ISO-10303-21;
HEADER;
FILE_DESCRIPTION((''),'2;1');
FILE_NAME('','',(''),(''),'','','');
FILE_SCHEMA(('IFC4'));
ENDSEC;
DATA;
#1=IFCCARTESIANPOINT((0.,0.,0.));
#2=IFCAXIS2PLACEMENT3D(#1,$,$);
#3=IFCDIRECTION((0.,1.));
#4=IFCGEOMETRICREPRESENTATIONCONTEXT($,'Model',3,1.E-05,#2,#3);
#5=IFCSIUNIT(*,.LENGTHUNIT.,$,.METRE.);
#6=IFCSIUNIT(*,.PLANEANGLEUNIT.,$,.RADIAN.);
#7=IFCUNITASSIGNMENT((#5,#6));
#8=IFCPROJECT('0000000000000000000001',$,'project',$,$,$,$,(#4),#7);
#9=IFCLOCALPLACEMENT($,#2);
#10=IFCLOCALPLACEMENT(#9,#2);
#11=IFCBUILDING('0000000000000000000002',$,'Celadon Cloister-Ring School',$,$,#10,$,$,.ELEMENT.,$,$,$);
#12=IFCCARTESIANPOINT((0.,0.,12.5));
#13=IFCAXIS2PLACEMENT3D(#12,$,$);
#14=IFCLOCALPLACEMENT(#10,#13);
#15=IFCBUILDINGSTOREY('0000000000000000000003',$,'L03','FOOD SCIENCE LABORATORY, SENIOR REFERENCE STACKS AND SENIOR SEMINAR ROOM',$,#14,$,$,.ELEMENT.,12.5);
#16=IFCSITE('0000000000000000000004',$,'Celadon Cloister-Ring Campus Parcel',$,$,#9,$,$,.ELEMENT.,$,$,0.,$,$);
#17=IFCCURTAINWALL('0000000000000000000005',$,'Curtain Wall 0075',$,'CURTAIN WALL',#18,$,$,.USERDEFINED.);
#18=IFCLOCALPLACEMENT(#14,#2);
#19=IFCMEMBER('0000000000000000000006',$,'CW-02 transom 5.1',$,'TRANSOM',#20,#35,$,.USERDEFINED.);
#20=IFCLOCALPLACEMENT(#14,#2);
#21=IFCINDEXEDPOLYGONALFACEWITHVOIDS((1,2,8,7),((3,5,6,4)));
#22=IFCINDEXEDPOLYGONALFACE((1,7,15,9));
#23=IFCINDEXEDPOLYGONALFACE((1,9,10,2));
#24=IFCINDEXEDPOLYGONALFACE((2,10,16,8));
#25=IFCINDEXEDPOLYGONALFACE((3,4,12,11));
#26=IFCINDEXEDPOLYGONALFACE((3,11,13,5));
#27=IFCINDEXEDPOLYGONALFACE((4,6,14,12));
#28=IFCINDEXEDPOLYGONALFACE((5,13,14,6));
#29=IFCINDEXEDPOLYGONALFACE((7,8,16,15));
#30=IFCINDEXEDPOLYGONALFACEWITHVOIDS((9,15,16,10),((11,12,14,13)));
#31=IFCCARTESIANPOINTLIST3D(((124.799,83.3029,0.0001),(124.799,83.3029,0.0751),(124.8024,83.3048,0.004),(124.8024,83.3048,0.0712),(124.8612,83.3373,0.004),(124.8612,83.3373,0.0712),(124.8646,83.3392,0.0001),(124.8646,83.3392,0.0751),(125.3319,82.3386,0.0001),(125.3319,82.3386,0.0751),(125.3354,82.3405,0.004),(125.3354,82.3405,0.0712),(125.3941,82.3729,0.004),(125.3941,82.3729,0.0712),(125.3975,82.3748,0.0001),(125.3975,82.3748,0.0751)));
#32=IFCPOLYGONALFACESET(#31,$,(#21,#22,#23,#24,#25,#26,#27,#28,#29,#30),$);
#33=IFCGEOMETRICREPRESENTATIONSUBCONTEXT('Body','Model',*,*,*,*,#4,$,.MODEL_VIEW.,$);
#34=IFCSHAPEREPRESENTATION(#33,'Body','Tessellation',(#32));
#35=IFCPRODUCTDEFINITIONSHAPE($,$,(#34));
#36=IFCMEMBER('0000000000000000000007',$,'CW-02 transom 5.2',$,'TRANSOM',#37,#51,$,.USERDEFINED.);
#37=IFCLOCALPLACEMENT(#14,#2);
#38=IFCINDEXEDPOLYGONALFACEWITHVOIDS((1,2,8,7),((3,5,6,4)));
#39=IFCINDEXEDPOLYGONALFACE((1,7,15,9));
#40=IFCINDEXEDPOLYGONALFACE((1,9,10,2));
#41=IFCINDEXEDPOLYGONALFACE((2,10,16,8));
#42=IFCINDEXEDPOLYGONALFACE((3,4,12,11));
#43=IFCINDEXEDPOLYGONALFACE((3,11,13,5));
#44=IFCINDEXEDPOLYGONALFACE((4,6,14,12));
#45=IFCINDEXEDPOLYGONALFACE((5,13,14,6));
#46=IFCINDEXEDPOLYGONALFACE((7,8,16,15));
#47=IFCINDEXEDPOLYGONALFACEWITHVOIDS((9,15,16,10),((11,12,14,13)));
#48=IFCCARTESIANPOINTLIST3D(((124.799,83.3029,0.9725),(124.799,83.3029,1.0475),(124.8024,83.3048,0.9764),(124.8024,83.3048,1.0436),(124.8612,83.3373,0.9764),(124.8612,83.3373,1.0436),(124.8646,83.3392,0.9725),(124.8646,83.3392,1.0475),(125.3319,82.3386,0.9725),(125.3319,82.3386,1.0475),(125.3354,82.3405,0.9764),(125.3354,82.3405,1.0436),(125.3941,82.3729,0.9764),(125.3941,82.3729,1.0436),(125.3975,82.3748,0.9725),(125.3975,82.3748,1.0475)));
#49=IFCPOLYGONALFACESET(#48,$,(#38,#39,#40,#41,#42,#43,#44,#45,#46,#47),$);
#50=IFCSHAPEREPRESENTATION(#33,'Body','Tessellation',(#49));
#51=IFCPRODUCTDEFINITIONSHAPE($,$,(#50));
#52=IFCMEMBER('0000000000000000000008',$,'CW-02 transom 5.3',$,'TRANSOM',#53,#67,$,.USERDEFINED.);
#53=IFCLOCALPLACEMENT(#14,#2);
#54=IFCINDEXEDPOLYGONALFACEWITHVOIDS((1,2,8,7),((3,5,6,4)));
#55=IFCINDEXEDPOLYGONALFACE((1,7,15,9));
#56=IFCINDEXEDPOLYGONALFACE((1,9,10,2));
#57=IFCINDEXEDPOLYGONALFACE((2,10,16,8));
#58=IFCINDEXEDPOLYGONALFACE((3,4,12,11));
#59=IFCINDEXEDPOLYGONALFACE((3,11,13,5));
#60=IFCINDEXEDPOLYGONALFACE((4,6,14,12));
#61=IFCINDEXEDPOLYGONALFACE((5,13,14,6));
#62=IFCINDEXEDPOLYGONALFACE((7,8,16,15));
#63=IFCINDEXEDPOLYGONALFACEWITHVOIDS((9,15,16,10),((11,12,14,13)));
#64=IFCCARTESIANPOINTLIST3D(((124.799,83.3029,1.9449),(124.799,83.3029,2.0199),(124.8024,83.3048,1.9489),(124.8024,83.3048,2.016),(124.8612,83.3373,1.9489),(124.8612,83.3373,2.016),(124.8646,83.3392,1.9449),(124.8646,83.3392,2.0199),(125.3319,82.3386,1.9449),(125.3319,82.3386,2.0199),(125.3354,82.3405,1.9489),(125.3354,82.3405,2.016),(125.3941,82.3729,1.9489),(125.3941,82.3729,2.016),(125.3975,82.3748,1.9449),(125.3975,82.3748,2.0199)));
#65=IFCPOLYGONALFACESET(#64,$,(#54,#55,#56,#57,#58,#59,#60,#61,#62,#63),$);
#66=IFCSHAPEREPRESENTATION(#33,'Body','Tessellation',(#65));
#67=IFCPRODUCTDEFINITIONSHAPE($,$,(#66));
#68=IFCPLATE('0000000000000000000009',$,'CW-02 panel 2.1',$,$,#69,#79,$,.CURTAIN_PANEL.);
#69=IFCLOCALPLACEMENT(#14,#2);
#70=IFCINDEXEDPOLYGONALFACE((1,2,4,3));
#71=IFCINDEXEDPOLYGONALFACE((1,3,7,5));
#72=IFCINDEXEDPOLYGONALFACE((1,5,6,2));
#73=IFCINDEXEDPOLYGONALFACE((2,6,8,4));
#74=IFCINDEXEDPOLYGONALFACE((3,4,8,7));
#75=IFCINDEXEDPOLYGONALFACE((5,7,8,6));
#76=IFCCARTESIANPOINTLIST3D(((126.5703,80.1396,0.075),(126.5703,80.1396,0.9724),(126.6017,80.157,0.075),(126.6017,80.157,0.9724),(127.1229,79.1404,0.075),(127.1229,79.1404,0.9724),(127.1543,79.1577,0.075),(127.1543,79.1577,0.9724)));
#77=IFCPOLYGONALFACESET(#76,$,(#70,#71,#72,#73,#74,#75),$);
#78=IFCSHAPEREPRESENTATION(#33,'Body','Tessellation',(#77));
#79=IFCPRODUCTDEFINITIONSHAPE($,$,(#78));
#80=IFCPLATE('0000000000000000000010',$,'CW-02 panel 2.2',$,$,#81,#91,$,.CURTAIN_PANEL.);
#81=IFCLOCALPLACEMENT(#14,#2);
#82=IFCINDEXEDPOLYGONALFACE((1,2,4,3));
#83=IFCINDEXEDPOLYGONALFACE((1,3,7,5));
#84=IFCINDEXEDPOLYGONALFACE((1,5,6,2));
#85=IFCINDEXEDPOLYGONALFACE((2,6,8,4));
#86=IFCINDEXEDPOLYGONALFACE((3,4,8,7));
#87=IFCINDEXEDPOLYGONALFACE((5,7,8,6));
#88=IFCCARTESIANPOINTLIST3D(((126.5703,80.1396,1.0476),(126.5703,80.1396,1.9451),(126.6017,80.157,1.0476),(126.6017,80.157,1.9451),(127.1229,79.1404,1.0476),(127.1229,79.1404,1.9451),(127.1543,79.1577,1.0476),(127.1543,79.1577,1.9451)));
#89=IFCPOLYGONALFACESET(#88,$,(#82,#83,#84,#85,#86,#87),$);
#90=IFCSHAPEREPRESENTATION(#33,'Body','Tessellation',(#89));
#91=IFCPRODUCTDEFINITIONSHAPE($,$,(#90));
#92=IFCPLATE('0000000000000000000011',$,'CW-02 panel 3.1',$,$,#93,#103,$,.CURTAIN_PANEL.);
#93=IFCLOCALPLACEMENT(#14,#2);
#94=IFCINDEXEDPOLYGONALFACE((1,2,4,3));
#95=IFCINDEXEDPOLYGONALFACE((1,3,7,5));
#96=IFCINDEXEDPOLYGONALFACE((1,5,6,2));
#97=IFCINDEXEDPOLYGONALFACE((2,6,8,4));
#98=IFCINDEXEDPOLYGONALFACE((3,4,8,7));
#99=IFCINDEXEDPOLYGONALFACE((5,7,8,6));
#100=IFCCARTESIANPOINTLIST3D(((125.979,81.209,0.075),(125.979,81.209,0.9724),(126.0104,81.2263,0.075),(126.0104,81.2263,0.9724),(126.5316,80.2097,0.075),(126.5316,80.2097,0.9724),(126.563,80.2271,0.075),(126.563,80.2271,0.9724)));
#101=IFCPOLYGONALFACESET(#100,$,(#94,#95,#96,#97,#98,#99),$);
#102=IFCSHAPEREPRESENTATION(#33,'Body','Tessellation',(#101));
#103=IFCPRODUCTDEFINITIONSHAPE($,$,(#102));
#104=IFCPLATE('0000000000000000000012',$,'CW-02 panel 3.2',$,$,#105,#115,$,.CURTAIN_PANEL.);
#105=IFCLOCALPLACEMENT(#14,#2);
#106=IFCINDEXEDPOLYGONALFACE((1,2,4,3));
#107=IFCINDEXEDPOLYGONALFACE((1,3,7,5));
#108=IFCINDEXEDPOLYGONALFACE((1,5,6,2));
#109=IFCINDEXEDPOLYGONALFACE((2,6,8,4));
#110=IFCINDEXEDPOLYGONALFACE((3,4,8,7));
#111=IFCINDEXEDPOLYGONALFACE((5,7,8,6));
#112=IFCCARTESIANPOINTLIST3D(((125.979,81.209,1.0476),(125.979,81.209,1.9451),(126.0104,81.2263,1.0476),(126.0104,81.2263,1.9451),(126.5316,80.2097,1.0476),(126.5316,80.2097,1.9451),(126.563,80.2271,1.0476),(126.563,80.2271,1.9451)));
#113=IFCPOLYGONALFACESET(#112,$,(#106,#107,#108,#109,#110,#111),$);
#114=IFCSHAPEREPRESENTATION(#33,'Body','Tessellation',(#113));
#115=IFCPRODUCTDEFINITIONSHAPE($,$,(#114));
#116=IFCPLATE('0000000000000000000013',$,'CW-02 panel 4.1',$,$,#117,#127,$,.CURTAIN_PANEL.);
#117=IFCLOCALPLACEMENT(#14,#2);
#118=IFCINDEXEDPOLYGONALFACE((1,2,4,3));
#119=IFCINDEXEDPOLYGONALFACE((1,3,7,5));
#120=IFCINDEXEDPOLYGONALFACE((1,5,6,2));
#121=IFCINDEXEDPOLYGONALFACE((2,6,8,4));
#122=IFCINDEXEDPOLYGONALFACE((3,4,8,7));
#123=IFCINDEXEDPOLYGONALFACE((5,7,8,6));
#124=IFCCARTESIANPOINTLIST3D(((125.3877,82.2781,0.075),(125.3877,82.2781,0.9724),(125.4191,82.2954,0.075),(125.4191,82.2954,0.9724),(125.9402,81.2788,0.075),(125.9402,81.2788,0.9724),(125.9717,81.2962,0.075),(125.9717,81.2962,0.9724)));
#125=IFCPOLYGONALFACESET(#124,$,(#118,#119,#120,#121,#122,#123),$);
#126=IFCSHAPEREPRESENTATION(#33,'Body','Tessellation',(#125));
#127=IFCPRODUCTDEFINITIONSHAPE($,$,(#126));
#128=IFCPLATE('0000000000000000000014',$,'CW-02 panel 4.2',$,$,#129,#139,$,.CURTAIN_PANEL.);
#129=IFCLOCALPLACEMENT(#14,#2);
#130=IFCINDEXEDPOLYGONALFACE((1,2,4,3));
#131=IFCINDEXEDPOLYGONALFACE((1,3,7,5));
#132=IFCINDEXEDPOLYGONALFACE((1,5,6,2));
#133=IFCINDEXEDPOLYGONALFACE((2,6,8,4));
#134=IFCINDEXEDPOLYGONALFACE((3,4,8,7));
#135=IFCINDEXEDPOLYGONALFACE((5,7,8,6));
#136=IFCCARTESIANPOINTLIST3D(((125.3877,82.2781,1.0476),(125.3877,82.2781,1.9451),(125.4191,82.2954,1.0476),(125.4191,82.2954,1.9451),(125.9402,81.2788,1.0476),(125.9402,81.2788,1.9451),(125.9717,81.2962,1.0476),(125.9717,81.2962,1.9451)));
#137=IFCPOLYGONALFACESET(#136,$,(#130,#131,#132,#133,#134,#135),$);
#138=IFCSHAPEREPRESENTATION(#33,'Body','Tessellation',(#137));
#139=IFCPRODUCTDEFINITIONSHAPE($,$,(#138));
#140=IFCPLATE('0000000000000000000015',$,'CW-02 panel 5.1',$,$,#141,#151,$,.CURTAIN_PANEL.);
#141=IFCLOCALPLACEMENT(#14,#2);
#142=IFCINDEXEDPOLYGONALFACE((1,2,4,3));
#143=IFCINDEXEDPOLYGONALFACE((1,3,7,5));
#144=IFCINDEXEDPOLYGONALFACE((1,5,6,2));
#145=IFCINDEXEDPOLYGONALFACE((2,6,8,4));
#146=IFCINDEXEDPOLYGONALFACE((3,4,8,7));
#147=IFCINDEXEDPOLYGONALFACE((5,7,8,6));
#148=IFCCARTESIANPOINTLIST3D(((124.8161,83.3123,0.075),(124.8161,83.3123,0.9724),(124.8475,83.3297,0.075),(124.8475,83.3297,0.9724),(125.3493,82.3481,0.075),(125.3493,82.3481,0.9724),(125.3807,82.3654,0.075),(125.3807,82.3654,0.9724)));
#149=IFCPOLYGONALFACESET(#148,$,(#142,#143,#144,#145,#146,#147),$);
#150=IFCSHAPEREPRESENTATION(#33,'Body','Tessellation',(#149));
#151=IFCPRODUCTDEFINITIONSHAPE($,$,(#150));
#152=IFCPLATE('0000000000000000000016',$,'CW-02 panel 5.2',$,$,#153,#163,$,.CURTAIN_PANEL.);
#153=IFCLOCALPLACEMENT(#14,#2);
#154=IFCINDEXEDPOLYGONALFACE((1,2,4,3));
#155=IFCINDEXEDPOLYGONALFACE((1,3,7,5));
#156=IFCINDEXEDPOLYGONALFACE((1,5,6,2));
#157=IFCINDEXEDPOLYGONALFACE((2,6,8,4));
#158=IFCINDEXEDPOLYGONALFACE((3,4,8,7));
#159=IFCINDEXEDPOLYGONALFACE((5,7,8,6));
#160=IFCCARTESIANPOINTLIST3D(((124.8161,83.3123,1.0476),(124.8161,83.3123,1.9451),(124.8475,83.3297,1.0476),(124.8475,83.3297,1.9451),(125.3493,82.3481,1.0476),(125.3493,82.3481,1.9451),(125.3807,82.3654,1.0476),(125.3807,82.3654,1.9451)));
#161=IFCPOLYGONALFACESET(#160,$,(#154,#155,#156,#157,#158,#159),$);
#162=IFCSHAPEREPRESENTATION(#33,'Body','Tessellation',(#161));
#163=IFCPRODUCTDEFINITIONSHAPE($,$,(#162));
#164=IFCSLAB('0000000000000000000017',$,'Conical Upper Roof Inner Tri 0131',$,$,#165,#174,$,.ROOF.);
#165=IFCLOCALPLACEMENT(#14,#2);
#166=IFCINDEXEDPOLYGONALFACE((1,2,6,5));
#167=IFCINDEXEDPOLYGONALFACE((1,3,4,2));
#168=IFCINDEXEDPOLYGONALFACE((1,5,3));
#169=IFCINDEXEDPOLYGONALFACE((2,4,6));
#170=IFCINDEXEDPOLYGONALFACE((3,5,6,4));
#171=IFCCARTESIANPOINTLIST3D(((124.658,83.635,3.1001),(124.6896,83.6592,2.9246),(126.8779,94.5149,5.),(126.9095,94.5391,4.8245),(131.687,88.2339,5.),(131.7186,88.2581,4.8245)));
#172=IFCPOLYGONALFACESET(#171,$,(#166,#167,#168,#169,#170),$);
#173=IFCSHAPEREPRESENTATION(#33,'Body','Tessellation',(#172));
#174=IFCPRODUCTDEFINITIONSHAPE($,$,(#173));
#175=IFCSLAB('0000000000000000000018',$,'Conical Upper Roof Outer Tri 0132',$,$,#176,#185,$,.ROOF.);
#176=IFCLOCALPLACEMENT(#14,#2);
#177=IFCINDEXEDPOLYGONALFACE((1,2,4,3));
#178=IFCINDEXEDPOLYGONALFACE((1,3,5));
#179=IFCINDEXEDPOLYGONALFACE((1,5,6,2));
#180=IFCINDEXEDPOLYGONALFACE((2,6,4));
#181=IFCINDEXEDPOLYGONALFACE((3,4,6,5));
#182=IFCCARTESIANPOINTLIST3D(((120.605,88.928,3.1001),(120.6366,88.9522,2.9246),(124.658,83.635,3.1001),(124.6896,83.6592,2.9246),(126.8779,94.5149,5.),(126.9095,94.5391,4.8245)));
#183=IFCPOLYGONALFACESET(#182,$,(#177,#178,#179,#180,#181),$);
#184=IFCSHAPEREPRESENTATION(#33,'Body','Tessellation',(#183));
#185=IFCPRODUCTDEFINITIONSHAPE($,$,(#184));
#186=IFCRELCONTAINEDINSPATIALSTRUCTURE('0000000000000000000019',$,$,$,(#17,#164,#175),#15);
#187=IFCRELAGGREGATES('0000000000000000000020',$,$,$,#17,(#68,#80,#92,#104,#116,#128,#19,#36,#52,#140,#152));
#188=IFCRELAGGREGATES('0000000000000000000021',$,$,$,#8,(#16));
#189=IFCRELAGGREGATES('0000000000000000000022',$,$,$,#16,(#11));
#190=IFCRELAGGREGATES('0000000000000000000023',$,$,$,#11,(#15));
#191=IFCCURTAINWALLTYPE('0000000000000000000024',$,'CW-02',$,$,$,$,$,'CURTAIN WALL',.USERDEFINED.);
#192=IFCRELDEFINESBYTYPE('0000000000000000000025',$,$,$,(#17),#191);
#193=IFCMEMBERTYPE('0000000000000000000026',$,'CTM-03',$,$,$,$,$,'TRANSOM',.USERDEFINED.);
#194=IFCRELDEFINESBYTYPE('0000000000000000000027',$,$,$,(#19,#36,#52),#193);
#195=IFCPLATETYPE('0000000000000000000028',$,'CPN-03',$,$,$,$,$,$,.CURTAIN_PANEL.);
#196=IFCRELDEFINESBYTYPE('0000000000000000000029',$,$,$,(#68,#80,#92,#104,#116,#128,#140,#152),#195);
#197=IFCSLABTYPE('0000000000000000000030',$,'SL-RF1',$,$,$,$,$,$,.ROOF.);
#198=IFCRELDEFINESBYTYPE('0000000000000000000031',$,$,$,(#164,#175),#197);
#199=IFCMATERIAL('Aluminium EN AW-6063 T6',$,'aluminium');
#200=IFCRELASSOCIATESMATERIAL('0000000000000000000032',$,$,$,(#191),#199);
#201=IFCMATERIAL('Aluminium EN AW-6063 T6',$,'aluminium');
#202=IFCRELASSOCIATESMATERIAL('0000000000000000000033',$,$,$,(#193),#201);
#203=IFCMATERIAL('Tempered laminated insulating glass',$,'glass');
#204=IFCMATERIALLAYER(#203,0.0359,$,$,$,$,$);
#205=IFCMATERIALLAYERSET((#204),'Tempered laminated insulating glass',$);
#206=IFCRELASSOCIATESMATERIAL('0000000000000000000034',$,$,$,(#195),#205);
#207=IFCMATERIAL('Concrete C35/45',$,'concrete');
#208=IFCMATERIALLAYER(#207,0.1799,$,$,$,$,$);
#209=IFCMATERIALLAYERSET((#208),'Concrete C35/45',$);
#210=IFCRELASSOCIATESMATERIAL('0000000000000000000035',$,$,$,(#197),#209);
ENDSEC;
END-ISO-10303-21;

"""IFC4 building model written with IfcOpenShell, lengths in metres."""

from ifc_helpers import new_model, si_unit, direction, frame, origin, origin_2d, place, context, subcontext, project, spatial, polyline, rectangle, hollow_rectangle, outline, extrude, material, layer, layer_set, material_profile, profile_set, type_object, element, aggregate, save


model = new_model("IFC4")

# Units and contexts
model_context = context("Model", 3, precision=1e-05, world=origin(), true_north=direction((0.0, 1.0)))
body_context = subcontext(model_context, "Body", "Model", "MODEL_VIEW")
ifc_project = project(units=[si_unit("LENGTHUNIT", "METRE"), si_unit("PLANEANGLEUNIT", "RADIAN")], contexts=[model_context])

# Site, building, storey
site_placement = place(None, origin())
site = spatial("IfcSite", under=ifc_project, at=site_placement, Name="Celadon Cloister-Ring Campus Parcel", CompositionType="ELEMENT", RefElevation=0.0)
building_placement = place(site_placement, origin())
building = spatial("IfcBuilding", under=site, at=building_placement, Name="Celadon Cloister-Ring School", CompositionType="ELEMENT")
storey_placement = place(building_placement, frame((0.0, 0.0, 12.5)))
storey = spatial("IfcBuildingStorey", under=building, at=storey_placement, Name="L03", Description="FOOD SCIENCE LABORATORY, SENIOR REFERENCE STACKS AND SENIOR SEMINAR ROOM", CompositionType="ELEMENT", Elevation=12.5)

# Curtain wall, members, plates
ifc_material_1 = material(Name="Aluminium EN AW-6063 T6", Category="aluminium")
curtain_wall_type = type_object("IfcCurtainWallType", Name="CW-02", ElementType="CURTAIN WALL", PredefinedType="USERDEFINED", material=ifc_material_1)
curtain_wall_placement = place(storey_placement, origin())
curtain_wall = element("IfcCurtainWall", 1, at=curtain_wall_placement, inside=storey, type_object=curtain_wall_type, Name="Curtain Wall 0075", ObjectType="CURTAIN WALL", PredefinedType="USERDEFINED")
ifc_material_2 = material(Name="Aluminium EN AW-6063 T6", Category="aluminium")
ifc_material_profile_1 = material_profile(ifc_material_2, hollow_rectangle(XDim=0.075, YDim=0.075, WallThickness=0.0039, at=origin_2d()), Name="RHS75X75X4")
ifc_profile_set_1 = profile_set([ifc_material_profile_1], Name="Aluminium EN AW-6063 T6")
member_type_1 = type_object("IfcMemberType", Name="CTM-03", ElementType="TRANSOM", PredefinedType="USERDEFINED", material=ifc_profile_set_1)
member_1_placement = place(storey_placement, frame((125.3647, 82.3567, 0.0376), z_axis=(-0.483704, 0.875232, 0.0), x_axis=(-0.875232, -0.483704, 0.0)))
member_1 = element("IfcMember", 2, at=member_1_placement, type_object=member_type_1, Name="CW-02 transom 5.1", ObjectType="TRANSOM", PredefinedType="USERDEFINED", context=body_context, shape_type="SweptSolid", body=[
    extrude(hollow_rectangle(XDim=0.075, YDim=0.075, WallThickness=0.0039, at=origin_2d()), origin(), (0.0, 0.0, 1.0), 1.1018),
])
member_2_placement = place(storey_placement, frame((125.3647, 82.3567, 1.01), z_axis=(-0.483704, 0.875232, 0.0), x_axis=(-0.875232, -0.483704, 0.0)))
member_2 = element("IfcMember", 3, at=member_2_placement, type_object=member_type_1, Name="CW-02 transom 5.2", ObjectType="TRANSOM", PredefinedType="USERDEFINED", context=body_context, shape_type="SweptSolid", body=[
    extrude(hollow_rectangle(XDim=0.075, YDim=0.075, WallThickness=0.0039, at=origin_2d()), origin(), (0.0, 0.0, 1.0), 1.1018),
])
member_3_placement = place(storey_placement, frame((125.3647, 82.3567, 1.9824), z_axis=(-0.483704, 0.875232, 0.0), x_axis=(-0.875232, -0.483704, 0.0)))
member_3 = element("IfcMember", 4, at=member_3_placement, type_object=member_type_1, Name="CW-02 transom 5.3", ObjectType="TRANSOM", PredefinedType="USERDEFINED", context=body_context, shape_type="SweptSolid", body=[
    extrude(hollow_rectangle(XDim=0.075, YDim=0.075, WallThickness=0.0039, at=origin_2d()), origin(), (0.0, 0.0, 1.0), 1.1018),
])
ifc_material_3 = material(Name="Tempered laminated insulating glass", Category="glass")
ifc_layer_1 = layer(ifc_material_3, 0.0359)
ifc_layer_set_1 = layer_set([ifc_layer_1], Name="Tempered laminated insulating glass")
plate_type = type_object("IfcPlateType", Name="CPN-03", PredefinedType="CURTAIN_PANEL", material=ifc_layer_set_1)
plate_1_placement = place(storey_placement, frame((126.8623, 79.6487, 0.075), z_axis=(0.0, 0.0, 1.0), x_axis=(-0.483891, 0.875128, 0.0)))
plate_1 = element("IfcPlate", 5, at=plate_1_placement, type_object=plate_type, Name="CW-02 panel 2.1", PredefinedType="CURTAIN_PANEL", context=body_context, shape_type="SweptSolid", body=[
    extrude(rectangle(XDim=1.1418, YDim=0.0359, at=origin_2d()), origin(), (0.0, 0.0, 1.0), 0.8975),
])
plate_2_placement = place(storey_placement, frame((126.8623, 79.6487, 1.0476), z_axis=(0.0, 0.0, 1.0), x_axis=(-0.483891, 0.875128, 0.0)))
plate_2 = element("IfcPlate", 6, at=plate_2_placement, type_object=plate_type, Name="CW-02 panel 2.2", PredefinedType="CURTAIN_PANEL", context=body_context, shape_type="SweptSolid", body=[
    extrude(rectangle(XDim=1.1418, YDim=0.0359, at=origin_2d()), origin(), (0.0, 0.0, 1.0), 0.8975),
])
plate_3_placement = place(storey_placement, frame((126.271, 80.718, 0.075), z_axis=(0.0, 0.0, 1.0), x_axis=(-0.483891, 0.875128, 0.0)))
plate_3 = element("IfcPlate", 7, at=plate_3_placement, type_object=plate_type, Name="CW-02 panel 3.1", PredefinedType="CURTAIN_PANEL", context=body_context, shape_type="SweptSolid", body=[
    extrude(rectangle(XDim=1.1418, YDim=0.0359, at=origin_2d()), origin(), (0.0, 0.0, 1.0), 0.8975),
])
plate_4_placement = place(storey_placement, frame((126.271, 80.718, 1.0476), z_axis=(0.0, 0.0, 1.0), x_axis=(-0.483891, 0.875128, 0.0)))
plate_4 = element("IfcPlate", 8, at=plate_4_placement, type_object=plate_type, Name="CW-02 panel 3.2", PredefinedType="CURTAIN_PANEL", context=body_context, shape_type="SweptSolid", body=[
    extrude(rectangle(XDim=1.1418, YDim=0.0359, at=origin_2d()), origin(), (0.0, 0.0, 1.0), 0.8975),
])
plate_5_placement = place(storey_placement, frame((125.6797, 81.7871, 0.075), z_axis=(0.0, 0.0, 1.0), x_axis=(-0.483891, 0.875128, 0.0)))
plate_5 = element("IfcPlate", 9, at=plate_5_placement, type_object=plate_type, Name="CW-02 panel 4.1", PredefinedType="CURTAIN_PANEL", context=body_context, shape_type="SweptSolid", body=[
    extrude(rectangle(XDim=1.1418, YDim=0.0359, at=origin_2d()), origin(), (0.0, 0.0, 1.0), 0.8975),
])
plate_6_placement = place(storey_placement, frame((125.6797, 81.7871, 1.0476), z_axis=(0.0, 0.0, 1.0), x_axis=(-0.483891, 0.875128, 0.0)))
plate_6 = element("IfcPlate", 10, at=plate_6_placement, type_object=plate_type, Name="CW-02 panel 4.2", PredefinedType="CURTAIN_PANEL", context=body_context, shape_type="SweptSolid", body=[
    extrude(rectangle(XDim=1.1418, YDim=0.0359, at=origin_2d()), origin(), (0.0, 0.0, 1.0), 0.8975),
])
plate_7_placement = place(storey_placement, frame((125.0984, 82.8389, 0.075), z_axis=(0.0, 0.0, 1.0), x_axis=(-0.483891, 0.875128, 0.0)))
plate_7 = element("IfcPlate", 11, at=plate_7_placement, type_object=plate_type, Name="CW-02 panel 5.1", PredefinedType="CURTAIN_PANEL", context=body_context, shape_type="SweptSolid", body=[
    extrude(rectangle(XDim=1.1018, YDim=0.0359, at=origin_2d()), origin(), (0.0, 0.0, 1.0), 0.8975),
])
plate_8_placement = place(storey_placement, frame((125.0984, 82.8389, 1.0476), z_axis=(0.0, 0.0, 1.0), x_axis=(-0.483891, 0.875128, 0.0)))
plate_8 = element("IfcPlate", 12, at=plate_8_placement, type_object=plate_type, Name="CW-02 panel 5.2", PredefinedType="CURTAIN_PANEL", context=body_context, shape_type="SweptSolid", body=[
    extrude(rectangle(XDim=1.1018, YDim=0.0359, at=origin_2d()), origin(), (0.0, 0.0, 1.0), 0.8975),
])
aggregate(curtain_wall, [plate_1, plate_2, plate_3, plate_4, plate_5, plate_6, member_1, member_2, member_3, plate_7, plate_8])

# Slabs
ifc_material_4 = material(Name="Concrete C35/45", Category="concrete")
ifc_layer_2 = layer(ifc_material_4, 0.1799)
ifc_layer_set_2 = layer_set([ifc_layer_2], Name="Concrete C35/45")
slab_type = type_object("IfcSlabType", Name="SL-RF1", PredefinedType="ROOF", material=ifc_layer_set_2)
slab_1_placement = place(storey_placement, frame((124.658, 83.635, 3.1001), z_axis=(-0.175622, -0.134466, 0.975231), x_axis=(0.816191, 0.534007, 0.220611)))
element("IfcSlab", 13, at=slab_1_placement, inside=storey, type_object=slab_type, Name="Conical Upper Roof Inner Tri 0131", PredefinedType="ROOF", context=body_context, shape_type="SweptSolid", body=[
    extrude(outline(polyline([(0.0, 0.0), (8.612, 0.0), (8.041, 7.89), (0.0, 0.0)])), origin(), (0.0, 0.0, -1.0), 0.1799),
])
slab_2_placement = place(storey_placement, frame((124.658, 83.635, 3.1001), z_axis=(-0.175609, -0.134469, 0.975233), x_axis=(0.197061, 0.965777, 0.168649)))
element("IfcSlab", 14, at=slab_2_placement, inside=storey, type_object=slab_type, Name="Conical Upper Roof Outer Tri 0132", PredefinedType="ROOF", context=body_context, shape_type="SweptSolid", body=[
    extrude(outline(polyline([(0.0, 0.0), (11.2654, 0.0), (4.3131, 5.0832), (0.0, 0.0)])), origin(), (0.0, 0.0, -1.0), 0.1799),
])

save(model, "model.ifc")
